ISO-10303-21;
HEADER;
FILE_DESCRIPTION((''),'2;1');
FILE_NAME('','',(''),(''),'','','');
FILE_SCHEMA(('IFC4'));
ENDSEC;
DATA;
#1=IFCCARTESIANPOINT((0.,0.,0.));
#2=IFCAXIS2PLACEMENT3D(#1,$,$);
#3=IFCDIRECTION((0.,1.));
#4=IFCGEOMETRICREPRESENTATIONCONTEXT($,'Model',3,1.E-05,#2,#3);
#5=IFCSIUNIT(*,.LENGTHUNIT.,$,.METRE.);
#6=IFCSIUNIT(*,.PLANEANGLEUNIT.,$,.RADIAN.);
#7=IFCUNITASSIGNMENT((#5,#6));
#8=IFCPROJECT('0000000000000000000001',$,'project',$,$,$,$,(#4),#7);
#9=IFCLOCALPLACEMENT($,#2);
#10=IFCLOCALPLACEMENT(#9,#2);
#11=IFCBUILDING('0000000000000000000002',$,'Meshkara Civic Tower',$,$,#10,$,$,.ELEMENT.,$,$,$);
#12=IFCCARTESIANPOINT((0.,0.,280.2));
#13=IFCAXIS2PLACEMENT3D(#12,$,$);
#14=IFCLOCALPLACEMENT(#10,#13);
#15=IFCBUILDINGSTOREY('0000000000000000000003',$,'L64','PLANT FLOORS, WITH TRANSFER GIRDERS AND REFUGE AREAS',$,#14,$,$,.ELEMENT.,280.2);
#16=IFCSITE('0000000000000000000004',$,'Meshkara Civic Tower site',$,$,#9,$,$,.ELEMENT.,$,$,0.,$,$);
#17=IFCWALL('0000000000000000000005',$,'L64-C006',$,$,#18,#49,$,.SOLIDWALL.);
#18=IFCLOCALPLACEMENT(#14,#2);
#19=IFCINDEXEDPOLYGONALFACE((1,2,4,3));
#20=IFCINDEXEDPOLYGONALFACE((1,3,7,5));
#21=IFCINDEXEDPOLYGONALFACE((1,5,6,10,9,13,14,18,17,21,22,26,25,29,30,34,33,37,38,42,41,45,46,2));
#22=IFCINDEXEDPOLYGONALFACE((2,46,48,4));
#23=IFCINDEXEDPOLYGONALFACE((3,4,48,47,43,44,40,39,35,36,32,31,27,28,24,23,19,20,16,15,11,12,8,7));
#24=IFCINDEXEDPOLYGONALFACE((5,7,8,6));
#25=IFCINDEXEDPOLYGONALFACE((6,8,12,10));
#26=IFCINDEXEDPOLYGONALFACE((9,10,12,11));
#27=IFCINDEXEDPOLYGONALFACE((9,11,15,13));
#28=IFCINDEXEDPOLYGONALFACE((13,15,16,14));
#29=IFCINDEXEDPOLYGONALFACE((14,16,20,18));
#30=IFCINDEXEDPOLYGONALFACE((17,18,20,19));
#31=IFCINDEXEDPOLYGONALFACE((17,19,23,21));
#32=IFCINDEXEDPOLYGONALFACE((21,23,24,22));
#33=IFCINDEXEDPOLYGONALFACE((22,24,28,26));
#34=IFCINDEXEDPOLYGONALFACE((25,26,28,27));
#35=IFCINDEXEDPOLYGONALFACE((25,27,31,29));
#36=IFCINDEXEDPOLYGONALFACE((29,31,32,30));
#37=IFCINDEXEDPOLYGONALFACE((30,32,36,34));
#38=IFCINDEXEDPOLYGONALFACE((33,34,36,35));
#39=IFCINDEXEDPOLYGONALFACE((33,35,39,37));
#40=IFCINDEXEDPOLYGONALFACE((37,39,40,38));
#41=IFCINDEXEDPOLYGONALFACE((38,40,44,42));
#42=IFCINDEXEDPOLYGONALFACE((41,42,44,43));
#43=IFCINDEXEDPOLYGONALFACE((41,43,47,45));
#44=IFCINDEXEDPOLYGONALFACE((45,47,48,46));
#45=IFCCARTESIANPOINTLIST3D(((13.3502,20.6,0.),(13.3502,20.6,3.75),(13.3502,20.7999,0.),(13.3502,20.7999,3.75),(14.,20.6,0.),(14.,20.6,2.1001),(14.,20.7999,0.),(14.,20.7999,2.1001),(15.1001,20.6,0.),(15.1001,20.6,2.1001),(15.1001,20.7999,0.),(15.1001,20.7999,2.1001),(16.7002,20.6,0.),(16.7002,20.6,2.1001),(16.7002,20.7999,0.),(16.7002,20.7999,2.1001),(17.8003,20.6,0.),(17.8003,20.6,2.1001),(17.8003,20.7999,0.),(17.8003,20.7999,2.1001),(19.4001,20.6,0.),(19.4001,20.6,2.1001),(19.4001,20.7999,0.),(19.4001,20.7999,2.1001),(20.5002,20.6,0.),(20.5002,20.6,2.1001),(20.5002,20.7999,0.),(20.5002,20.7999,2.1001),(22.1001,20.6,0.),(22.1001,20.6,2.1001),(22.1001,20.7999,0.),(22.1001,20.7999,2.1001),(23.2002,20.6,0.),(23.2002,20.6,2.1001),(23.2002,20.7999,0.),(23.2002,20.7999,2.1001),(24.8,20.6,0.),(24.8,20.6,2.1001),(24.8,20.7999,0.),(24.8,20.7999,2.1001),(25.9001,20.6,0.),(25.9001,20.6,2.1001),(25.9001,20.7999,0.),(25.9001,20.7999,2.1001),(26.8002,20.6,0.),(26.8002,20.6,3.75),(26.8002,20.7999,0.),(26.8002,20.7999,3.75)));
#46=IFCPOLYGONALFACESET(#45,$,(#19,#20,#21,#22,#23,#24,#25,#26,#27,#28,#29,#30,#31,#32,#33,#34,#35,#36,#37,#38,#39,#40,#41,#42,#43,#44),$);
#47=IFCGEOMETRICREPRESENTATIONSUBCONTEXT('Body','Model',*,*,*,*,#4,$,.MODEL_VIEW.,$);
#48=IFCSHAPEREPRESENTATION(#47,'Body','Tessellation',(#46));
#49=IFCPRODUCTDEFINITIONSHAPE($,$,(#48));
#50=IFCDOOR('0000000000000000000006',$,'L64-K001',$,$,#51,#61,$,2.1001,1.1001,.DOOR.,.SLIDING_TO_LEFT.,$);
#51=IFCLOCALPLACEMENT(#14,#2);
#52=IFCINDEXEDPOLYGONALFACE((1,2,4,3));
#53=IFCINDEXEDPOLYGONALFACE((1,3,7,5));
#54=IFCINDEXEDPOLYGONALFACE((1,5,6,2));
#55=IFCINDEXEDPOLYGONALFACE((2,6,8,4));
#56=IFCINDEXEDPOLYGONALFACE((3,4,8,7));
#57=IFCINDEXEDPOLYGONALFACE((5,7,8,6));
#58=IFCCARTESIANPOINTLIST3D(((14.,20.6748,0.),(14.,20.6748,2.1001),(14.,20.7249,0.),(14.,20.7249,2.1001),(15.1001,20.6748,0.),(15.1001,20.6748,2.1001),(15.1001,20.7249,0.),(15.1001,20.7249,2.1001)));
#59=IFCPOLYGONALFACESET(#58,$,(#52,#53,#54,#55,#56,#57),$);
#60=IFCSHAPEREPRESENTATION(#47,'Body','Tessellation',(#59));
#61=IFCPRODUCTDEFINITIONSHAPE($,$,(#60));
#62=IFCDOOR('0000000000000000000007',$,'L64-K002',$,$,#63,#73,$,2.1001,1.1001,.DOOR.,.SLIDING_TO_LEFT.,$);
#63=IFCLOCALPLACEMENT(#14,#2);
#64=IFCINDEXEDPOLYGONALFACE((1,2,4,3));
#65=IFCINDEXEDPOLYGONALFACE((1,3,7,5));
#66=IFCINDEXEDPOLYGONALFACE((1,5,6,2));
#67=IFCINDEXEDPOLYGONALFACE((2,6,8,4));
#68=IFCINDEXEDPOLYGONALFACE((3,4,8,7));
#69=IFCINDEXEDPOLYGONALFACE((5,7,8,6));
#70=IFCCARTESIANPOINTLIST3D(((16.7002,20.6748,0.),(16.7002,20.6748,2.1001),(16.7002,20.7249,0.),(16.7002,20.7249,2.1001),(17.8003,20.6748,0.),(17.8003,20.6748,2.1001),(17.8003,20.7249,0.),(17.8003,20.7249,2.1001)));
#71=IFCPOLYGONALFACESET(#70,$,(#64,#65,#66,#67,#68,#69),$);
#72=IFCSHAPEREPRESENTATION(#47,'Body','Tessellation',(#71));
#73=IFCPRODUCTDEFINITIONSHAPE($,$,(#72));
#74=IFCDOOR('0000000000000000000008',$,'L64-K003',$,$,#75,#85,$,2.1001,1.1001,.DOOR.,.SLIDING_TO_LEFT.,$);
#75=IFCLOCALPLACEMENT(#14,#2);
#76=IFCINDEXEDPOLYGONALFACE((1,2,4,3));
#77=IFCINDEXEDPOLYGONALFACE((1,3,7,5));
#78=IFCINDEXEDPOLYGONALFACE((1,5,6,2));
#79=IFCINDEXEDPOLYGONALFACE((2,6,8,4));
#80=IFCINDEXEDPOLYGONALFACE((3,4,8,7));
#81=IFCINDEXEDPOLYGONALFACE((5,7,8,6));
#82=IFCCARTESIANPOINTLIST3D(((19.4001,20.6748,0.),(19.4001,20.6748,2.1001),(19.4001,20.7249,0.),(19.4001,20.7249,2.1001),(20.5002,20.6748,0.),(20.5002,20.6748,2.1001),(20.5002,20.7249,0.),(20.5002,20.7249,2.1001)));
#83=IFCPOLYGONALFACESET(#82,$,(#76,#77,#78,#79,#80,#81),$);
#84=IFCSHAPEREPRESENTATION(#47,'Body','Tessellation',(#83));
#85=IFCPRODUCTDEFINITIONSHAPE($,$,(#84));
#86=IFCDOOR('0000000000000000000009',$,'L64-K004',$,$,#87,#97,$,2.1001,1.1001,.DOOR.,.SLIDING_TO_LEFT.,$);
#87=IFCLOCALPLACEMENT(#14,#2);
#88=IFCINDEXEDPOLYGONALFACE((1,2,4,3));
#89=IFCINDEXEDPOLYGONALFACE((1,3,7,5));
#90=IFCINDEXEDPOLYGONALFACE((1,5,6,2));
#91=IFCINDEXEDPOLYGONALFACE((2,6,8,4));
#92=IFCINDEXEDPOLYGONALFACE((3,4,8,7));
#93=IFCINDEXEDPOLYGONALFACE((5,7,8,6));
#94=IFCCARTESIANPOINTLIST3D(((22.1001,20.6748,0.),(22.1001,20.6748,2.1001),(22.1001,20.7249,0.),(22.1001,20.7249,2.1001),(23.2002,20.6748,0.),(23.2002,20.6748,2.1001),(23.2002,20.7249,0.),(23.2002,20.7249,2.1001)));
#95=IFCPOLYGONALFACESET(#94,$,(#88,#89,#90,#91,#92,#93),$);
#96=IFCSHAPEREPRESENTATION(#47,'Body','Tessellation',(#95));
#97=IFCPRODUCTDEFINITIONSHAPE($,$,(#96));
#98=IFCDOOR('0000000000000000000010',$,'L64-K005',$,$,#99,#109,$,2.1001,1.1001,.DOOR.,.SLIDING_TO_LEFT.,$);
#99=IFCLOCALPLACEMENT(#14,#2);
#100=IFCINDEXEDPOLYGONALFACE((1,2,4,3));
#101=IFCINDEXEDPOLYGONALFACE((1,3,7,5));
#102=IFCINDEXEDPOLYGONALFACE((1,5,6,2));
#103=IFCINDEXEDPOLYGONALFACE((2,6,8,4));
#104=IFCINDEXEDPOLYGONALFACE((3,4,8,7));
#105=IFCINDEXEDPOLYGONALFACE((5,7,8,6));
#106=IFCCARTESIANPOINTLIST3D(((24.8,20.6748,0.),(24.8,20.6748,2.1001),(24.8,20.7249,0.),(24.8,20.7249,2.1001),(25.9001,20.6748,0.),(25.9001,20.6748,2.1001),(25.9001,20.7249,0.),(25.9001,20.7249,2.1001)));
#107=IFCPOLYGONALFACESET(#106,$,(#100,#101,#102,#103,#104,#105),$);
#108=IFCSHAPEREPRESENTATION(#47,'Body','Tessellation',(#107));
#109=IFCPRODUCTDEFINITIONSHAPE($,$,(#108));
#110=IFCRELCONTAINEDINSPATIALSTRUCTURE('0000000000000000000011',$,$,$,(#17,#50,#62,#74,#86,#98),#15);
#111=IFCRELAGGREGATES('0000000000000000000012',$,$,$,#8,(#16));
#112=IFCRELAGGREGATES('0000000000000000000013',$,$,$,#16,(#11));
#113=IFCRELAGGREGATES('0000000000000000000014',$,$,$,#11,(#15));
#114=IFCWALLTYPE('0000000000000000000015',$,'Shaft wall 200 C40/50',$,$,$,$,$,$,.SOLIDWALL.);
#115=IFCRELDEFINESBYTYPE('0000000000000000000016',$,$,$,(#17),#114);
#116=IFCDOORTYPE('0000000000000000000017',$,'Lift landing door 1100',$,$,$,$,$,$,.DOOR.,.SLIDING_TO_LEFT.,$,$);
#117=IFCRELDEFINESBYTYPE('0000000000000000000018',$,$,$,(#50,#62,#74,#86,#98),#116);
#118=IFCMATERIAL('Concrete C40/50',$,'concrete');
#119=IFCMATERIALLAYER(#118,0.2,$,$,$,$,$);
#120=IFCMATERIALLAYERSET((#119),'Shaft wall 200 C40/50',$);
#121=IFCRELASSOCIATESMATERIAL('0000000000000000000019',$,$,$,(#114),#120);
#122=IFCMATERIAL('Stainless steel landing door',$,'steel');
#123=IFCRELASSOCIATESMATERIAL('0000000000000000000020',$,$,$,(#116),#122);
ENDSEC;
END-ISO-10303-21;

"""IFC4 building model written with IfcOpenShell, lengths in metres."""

from ifc_helpers import new_model, si_unit, direction, frame, frame_2d, origin, place, context, subcontext, project, spatial, rectangle, extrude, material, layer, layer_set, type_object, element, fill, save


model = new_model("IFC4")

# Units and contexts
model_context = context("Model", 3, precision=1e-05, world=origin(), true_north=direction((0.0, 1.0)))
body_context = subcontext(model_context, "Body", "Model", "MODEL_VIEW")
ifc_project = project(units=[si_unit("LENGTHUNIT", "METRE"), si_unit("PLANEANGLEUNIT", "RADIAN")], contexts=[model_context])

# Site, building, storey
site_placement = place(None, origin())
site = spatial("IfcSite", under=ifc_project, at=site_placement, Name="Meshkara Civic Tower site", CompositionType="ELEMENT", RefElevation=0.0)
building_placement = place(site_placement, origin())
building = spatial("IfcBuilding", under=site, at=building_placement, Name="Meshkara Civic Tower", CompositionType="ELEMENT")
storey_placement = place(building_placement, frame((0.0, 0.0, 280.2)))
storey = spatial("IfcBuildingStorey", under=building, at=storey_placement, Name="L64", Description="PLANT FLOORS, WITH TRANSFER GIRDERS AND REFUGE AREAS", CompositionType="ELEMENT", Elevation=280.2)

# Wall, openings, doors
ifc_material_1 = material(Name="Concrete C40/50", Category="concrete")
ifc_layer_1 = layer(ifc_material_1, 0.2)
ifc_layer_set_1 = layer_set([ifc_layer_1], Name="Shaft wall 200 C40/50")
wall_type_1 = type_object("IfcWallType", Name="Shaft wall 200 C40/50", PredefinedType="SOLIDWALL", material=ifc_layer_set_1)
wall_1_placement = place(storey_placement, frame((13.3501, 20.7, 0.0), z_axis=(0.0, 0.0, 1.0), x_axis=(1.0, 0.0, 0.0)))
wall_1 = element("IfcWall", 1, at=wall_1_placement, inside=storey, type_object=wall_type_1, Name="L64-C006", PredefinedType="SOLIDWALL", context=body_context, shape_type="SweptSolid", body=[
    extrude(rectangle(XDim=13.45, YDim=0.2, at=frame_2d((6.7251, 0.0))), origin(), (0.0, 0.0, 1.0), 3.75),
])
opening_1_placement = place(wall_1_placement, frame((0.6499, 0.0, 0.0)))
opening_1 = element("IfcOpeningElement", 2, at=opening_1_placement, cuts=wall_1, PredefinedType="OPENING", context=body_context, shape_type="SweptSolid", body=[
    extrude(rectangle(XDim=1.1001, YDim=2.1001, at=frame_2d((0.55, 1.05))), frame((0.0, 0.1099, 0.0), z_axis=(0.0, -1.0, 0.0), x_axis=(1.0, 0.0, 0.0)), (0.0, 0.0, 1.0), 0.22),
])
opening_2_placement = place(wall_1_placement, frame((3.3501, 0.0, 0.0)))
opening_2 = element("IfcOpeningElement", 3, at=opening_2_placement, cuts=wall_1, PredefinedType="OPENING", context=body_context, shape_type="SweptSolid", body=[
    extrude(rectangle(XDim=1.1001, YDim=2.1001, at=frame_2d((0.55, 1.05))), frame((0.0, 0.1099, 0.0), z_axis=(0.0, -1.0, 0.0), x_axis=(1.0, 0.0, 0.0)), (0.0, 0.0, 1.0), 0.22),
])
opening_3_placement = place(wall_1_placement, frame((6.05, 0.0, 0.0)))
opening_3 = element("IfcOpeningElement", 4, at=opening_3_placement, cuts=wall_1, PredefinedType="OPENING", context=body_context, shape_type="SweptSolid", body=[
    extrude(rectangle(XDim=1.1001, YDim=2.1001, at=frame_2d((0.55, 1.05))), frame((0.0, 0.1099, 0.0), z_axis=(0.0, -1.0, 0.0), x_axis=(1.0, 0.0, 0.0)), (0.0, 0.0, 1.0), 0.22),
])
opening_4_placement = place(wall_1_placement, frame((8.75, 0.0, 0.0)))
opening_4 = element("IfcOpeningElement", 5, at=opening_4_placement, cuts=wall_1, PredefinedType="OPENING", context=body_context, shape_type="SweptSolid", body=[
    extrude(rectangle(XDim=1.1001, YDim=2.1001, at=frame_2d((0.55, 1.05))), frame((0.0, 0.1099, 0.0), z_axis=(0.0, -1.0, 0.0), x_axis=(1.0, 0.0, 0.0)), (0.0, 0.0, 1.0), 0.22),
])
opening_5_placement = place(wall_1_placement, frame((11.45, 0.0, 0.0)))
opening_5 = element("IfcOpeningElement", 6, at=opening_5_placement, cuts=wall_1, PredefinedType="OPENING", context=body_context, shape_type="SweptSolid", body=[
    extrude(rectangle(XDim=1.1001, YDim=2.1001, at=frame_2d((0.55, 1.05))), frame((0.0, 0.1099, 0.0), z_axis=(0.0, -1.0, 0.0), x_axis=(1.0, 0.0, 0.0)), (0.0, 0.0, 1.0), 0.22),
])
ifc_material_2 = material(Name="Stainless steel landing door", Category="steel")
door_type_1 = type_object("IfcDoorType", Name="Lift landing door 1100", OperationType="SLIDING_TO_LEFT", PredefinedType="DOOR", material=ifc_material_2)
door_1_placement = place(opening_1_placement, origin())
door_1 = element("IfcDoor", 7, at=door_1_placement, inside=storey, type_object=door_type_1, Name="L64-K001", OperationType="SLIDING_TO_LEFT", OverallHeight=2.1001, OverallWidth=1.1001, PredefinedType="DOOR", context=body_context, shape_type="SweptSolid", body=[
    extrude(rectangle(XDim=1.1001, YDim=2.1001, at=frame_2d((0.55, 1.05))), frame((0.0, 0.0249, 0.0), z_axis=(0.0, -1.0, 0.0), x_axis=(1.0, 0.0, 0.0)), (0.0, 0.0, 1.0), 0.05),
])
fill(opening_1, door_1)
door_2_placement = place(opening_2_placement, origin())
door_2 = element("IfcDoor", 8, at=door_2_placement, inside=storey, type_object=door_type_1, Name="L64-K002", OperationType="SLIDING_TO_LEFT", OverallHeight=2.1001, OverallWidth=1.1001, PredefinedType="DOOR", context=body_context, shape_type="SweptSolid", body=[
    extrude(rectangle(XDim=1.1001, YDim=2.1001, at=frame_2d((0.55, 1.05))), frame((0.0, 0.0249, 0.0), z_axis=(0.0, -1.0, 0.0), x_axis=(1.0, 0.0, 0.0)), (0.0, 0.0, 1.0), 0.05),
])
fill(opening_2, door_2)
door_3_placement = place(opening_3_placement, origin())
door_3 = element("IfcDoor", 9, at=door_3_placement, inside=storey, type_object=door_type_1, Name="L64-K003", OperationType="SLIDING_TO_LEFT", OverallHeight=2.1001, OverallWidth=1.1001, PredefinedType="DOOR", context=body_context, shape_type="SweptSolid", body=[
    extrude(rectangle(XDim=1.1001, YDim=2.1001, at=frame_2d((0.55, 1.05))), frame((0.0, 0.0249, 0.0), z_axis=(0.0, -1.0, 0.0), x_axis=(1.0, 0.0, 0.0)), (0.0, 0.0, 1.0), 0.05),
])
fill(opening_3, door_3)
door_4_placement = place(opening_4_placement, origin())
door_4 = element("IfcDoor", 10, at=door_4_placement, inside=storey, type_object=door_type_1, Name="L64-K004", OperationType="SLIDING_TO_LEFT", OverallHeight=2.1001, OverallWidth=1.1001, PredefinedType="DOOR", context=body_context, shape_type="SweptSolid", body=[
    extrude(rectangle(XDim=1.1001, YDim=2.1001, at=frame_2d((0.55, 1.05))), frame((0.0, 0.0249, 0.0), z_axis=(0.0, -1.0, 0.0), x_axis=(1.0, 0.0, 0.0)), (0.0, 0.0, 1.0), 0.05),
])
fill(opening_4, door_4)
door_5_placement = place(opening_5_placement, origin())
door_5 = element("IfcDoor", 11, at=door_5_placement, inside=storey, type_object=door_type_1, Name="L64-K005", OperationType="SLIDING_TO_LEFT", OverallHeight=2.1001, OverallWidth=1.1001, PredefinedType="DOOR", context=body_context, shape_type="SweptSolid", body=[
    extrude(rectangle(XDim=1.1001, YDim=2.1001, at=frame_2d((0.55, 1.05))), frame((0.0, 0.0249, 0.0), z_axis=(0.0, -1.0, 0.0), x_axis=(1.0, 0.0, 0.0)), (0.0, 0.0, 1.0), 0.05),
])
fill(opening_5, door_5)

save(model, "model.ifc")
